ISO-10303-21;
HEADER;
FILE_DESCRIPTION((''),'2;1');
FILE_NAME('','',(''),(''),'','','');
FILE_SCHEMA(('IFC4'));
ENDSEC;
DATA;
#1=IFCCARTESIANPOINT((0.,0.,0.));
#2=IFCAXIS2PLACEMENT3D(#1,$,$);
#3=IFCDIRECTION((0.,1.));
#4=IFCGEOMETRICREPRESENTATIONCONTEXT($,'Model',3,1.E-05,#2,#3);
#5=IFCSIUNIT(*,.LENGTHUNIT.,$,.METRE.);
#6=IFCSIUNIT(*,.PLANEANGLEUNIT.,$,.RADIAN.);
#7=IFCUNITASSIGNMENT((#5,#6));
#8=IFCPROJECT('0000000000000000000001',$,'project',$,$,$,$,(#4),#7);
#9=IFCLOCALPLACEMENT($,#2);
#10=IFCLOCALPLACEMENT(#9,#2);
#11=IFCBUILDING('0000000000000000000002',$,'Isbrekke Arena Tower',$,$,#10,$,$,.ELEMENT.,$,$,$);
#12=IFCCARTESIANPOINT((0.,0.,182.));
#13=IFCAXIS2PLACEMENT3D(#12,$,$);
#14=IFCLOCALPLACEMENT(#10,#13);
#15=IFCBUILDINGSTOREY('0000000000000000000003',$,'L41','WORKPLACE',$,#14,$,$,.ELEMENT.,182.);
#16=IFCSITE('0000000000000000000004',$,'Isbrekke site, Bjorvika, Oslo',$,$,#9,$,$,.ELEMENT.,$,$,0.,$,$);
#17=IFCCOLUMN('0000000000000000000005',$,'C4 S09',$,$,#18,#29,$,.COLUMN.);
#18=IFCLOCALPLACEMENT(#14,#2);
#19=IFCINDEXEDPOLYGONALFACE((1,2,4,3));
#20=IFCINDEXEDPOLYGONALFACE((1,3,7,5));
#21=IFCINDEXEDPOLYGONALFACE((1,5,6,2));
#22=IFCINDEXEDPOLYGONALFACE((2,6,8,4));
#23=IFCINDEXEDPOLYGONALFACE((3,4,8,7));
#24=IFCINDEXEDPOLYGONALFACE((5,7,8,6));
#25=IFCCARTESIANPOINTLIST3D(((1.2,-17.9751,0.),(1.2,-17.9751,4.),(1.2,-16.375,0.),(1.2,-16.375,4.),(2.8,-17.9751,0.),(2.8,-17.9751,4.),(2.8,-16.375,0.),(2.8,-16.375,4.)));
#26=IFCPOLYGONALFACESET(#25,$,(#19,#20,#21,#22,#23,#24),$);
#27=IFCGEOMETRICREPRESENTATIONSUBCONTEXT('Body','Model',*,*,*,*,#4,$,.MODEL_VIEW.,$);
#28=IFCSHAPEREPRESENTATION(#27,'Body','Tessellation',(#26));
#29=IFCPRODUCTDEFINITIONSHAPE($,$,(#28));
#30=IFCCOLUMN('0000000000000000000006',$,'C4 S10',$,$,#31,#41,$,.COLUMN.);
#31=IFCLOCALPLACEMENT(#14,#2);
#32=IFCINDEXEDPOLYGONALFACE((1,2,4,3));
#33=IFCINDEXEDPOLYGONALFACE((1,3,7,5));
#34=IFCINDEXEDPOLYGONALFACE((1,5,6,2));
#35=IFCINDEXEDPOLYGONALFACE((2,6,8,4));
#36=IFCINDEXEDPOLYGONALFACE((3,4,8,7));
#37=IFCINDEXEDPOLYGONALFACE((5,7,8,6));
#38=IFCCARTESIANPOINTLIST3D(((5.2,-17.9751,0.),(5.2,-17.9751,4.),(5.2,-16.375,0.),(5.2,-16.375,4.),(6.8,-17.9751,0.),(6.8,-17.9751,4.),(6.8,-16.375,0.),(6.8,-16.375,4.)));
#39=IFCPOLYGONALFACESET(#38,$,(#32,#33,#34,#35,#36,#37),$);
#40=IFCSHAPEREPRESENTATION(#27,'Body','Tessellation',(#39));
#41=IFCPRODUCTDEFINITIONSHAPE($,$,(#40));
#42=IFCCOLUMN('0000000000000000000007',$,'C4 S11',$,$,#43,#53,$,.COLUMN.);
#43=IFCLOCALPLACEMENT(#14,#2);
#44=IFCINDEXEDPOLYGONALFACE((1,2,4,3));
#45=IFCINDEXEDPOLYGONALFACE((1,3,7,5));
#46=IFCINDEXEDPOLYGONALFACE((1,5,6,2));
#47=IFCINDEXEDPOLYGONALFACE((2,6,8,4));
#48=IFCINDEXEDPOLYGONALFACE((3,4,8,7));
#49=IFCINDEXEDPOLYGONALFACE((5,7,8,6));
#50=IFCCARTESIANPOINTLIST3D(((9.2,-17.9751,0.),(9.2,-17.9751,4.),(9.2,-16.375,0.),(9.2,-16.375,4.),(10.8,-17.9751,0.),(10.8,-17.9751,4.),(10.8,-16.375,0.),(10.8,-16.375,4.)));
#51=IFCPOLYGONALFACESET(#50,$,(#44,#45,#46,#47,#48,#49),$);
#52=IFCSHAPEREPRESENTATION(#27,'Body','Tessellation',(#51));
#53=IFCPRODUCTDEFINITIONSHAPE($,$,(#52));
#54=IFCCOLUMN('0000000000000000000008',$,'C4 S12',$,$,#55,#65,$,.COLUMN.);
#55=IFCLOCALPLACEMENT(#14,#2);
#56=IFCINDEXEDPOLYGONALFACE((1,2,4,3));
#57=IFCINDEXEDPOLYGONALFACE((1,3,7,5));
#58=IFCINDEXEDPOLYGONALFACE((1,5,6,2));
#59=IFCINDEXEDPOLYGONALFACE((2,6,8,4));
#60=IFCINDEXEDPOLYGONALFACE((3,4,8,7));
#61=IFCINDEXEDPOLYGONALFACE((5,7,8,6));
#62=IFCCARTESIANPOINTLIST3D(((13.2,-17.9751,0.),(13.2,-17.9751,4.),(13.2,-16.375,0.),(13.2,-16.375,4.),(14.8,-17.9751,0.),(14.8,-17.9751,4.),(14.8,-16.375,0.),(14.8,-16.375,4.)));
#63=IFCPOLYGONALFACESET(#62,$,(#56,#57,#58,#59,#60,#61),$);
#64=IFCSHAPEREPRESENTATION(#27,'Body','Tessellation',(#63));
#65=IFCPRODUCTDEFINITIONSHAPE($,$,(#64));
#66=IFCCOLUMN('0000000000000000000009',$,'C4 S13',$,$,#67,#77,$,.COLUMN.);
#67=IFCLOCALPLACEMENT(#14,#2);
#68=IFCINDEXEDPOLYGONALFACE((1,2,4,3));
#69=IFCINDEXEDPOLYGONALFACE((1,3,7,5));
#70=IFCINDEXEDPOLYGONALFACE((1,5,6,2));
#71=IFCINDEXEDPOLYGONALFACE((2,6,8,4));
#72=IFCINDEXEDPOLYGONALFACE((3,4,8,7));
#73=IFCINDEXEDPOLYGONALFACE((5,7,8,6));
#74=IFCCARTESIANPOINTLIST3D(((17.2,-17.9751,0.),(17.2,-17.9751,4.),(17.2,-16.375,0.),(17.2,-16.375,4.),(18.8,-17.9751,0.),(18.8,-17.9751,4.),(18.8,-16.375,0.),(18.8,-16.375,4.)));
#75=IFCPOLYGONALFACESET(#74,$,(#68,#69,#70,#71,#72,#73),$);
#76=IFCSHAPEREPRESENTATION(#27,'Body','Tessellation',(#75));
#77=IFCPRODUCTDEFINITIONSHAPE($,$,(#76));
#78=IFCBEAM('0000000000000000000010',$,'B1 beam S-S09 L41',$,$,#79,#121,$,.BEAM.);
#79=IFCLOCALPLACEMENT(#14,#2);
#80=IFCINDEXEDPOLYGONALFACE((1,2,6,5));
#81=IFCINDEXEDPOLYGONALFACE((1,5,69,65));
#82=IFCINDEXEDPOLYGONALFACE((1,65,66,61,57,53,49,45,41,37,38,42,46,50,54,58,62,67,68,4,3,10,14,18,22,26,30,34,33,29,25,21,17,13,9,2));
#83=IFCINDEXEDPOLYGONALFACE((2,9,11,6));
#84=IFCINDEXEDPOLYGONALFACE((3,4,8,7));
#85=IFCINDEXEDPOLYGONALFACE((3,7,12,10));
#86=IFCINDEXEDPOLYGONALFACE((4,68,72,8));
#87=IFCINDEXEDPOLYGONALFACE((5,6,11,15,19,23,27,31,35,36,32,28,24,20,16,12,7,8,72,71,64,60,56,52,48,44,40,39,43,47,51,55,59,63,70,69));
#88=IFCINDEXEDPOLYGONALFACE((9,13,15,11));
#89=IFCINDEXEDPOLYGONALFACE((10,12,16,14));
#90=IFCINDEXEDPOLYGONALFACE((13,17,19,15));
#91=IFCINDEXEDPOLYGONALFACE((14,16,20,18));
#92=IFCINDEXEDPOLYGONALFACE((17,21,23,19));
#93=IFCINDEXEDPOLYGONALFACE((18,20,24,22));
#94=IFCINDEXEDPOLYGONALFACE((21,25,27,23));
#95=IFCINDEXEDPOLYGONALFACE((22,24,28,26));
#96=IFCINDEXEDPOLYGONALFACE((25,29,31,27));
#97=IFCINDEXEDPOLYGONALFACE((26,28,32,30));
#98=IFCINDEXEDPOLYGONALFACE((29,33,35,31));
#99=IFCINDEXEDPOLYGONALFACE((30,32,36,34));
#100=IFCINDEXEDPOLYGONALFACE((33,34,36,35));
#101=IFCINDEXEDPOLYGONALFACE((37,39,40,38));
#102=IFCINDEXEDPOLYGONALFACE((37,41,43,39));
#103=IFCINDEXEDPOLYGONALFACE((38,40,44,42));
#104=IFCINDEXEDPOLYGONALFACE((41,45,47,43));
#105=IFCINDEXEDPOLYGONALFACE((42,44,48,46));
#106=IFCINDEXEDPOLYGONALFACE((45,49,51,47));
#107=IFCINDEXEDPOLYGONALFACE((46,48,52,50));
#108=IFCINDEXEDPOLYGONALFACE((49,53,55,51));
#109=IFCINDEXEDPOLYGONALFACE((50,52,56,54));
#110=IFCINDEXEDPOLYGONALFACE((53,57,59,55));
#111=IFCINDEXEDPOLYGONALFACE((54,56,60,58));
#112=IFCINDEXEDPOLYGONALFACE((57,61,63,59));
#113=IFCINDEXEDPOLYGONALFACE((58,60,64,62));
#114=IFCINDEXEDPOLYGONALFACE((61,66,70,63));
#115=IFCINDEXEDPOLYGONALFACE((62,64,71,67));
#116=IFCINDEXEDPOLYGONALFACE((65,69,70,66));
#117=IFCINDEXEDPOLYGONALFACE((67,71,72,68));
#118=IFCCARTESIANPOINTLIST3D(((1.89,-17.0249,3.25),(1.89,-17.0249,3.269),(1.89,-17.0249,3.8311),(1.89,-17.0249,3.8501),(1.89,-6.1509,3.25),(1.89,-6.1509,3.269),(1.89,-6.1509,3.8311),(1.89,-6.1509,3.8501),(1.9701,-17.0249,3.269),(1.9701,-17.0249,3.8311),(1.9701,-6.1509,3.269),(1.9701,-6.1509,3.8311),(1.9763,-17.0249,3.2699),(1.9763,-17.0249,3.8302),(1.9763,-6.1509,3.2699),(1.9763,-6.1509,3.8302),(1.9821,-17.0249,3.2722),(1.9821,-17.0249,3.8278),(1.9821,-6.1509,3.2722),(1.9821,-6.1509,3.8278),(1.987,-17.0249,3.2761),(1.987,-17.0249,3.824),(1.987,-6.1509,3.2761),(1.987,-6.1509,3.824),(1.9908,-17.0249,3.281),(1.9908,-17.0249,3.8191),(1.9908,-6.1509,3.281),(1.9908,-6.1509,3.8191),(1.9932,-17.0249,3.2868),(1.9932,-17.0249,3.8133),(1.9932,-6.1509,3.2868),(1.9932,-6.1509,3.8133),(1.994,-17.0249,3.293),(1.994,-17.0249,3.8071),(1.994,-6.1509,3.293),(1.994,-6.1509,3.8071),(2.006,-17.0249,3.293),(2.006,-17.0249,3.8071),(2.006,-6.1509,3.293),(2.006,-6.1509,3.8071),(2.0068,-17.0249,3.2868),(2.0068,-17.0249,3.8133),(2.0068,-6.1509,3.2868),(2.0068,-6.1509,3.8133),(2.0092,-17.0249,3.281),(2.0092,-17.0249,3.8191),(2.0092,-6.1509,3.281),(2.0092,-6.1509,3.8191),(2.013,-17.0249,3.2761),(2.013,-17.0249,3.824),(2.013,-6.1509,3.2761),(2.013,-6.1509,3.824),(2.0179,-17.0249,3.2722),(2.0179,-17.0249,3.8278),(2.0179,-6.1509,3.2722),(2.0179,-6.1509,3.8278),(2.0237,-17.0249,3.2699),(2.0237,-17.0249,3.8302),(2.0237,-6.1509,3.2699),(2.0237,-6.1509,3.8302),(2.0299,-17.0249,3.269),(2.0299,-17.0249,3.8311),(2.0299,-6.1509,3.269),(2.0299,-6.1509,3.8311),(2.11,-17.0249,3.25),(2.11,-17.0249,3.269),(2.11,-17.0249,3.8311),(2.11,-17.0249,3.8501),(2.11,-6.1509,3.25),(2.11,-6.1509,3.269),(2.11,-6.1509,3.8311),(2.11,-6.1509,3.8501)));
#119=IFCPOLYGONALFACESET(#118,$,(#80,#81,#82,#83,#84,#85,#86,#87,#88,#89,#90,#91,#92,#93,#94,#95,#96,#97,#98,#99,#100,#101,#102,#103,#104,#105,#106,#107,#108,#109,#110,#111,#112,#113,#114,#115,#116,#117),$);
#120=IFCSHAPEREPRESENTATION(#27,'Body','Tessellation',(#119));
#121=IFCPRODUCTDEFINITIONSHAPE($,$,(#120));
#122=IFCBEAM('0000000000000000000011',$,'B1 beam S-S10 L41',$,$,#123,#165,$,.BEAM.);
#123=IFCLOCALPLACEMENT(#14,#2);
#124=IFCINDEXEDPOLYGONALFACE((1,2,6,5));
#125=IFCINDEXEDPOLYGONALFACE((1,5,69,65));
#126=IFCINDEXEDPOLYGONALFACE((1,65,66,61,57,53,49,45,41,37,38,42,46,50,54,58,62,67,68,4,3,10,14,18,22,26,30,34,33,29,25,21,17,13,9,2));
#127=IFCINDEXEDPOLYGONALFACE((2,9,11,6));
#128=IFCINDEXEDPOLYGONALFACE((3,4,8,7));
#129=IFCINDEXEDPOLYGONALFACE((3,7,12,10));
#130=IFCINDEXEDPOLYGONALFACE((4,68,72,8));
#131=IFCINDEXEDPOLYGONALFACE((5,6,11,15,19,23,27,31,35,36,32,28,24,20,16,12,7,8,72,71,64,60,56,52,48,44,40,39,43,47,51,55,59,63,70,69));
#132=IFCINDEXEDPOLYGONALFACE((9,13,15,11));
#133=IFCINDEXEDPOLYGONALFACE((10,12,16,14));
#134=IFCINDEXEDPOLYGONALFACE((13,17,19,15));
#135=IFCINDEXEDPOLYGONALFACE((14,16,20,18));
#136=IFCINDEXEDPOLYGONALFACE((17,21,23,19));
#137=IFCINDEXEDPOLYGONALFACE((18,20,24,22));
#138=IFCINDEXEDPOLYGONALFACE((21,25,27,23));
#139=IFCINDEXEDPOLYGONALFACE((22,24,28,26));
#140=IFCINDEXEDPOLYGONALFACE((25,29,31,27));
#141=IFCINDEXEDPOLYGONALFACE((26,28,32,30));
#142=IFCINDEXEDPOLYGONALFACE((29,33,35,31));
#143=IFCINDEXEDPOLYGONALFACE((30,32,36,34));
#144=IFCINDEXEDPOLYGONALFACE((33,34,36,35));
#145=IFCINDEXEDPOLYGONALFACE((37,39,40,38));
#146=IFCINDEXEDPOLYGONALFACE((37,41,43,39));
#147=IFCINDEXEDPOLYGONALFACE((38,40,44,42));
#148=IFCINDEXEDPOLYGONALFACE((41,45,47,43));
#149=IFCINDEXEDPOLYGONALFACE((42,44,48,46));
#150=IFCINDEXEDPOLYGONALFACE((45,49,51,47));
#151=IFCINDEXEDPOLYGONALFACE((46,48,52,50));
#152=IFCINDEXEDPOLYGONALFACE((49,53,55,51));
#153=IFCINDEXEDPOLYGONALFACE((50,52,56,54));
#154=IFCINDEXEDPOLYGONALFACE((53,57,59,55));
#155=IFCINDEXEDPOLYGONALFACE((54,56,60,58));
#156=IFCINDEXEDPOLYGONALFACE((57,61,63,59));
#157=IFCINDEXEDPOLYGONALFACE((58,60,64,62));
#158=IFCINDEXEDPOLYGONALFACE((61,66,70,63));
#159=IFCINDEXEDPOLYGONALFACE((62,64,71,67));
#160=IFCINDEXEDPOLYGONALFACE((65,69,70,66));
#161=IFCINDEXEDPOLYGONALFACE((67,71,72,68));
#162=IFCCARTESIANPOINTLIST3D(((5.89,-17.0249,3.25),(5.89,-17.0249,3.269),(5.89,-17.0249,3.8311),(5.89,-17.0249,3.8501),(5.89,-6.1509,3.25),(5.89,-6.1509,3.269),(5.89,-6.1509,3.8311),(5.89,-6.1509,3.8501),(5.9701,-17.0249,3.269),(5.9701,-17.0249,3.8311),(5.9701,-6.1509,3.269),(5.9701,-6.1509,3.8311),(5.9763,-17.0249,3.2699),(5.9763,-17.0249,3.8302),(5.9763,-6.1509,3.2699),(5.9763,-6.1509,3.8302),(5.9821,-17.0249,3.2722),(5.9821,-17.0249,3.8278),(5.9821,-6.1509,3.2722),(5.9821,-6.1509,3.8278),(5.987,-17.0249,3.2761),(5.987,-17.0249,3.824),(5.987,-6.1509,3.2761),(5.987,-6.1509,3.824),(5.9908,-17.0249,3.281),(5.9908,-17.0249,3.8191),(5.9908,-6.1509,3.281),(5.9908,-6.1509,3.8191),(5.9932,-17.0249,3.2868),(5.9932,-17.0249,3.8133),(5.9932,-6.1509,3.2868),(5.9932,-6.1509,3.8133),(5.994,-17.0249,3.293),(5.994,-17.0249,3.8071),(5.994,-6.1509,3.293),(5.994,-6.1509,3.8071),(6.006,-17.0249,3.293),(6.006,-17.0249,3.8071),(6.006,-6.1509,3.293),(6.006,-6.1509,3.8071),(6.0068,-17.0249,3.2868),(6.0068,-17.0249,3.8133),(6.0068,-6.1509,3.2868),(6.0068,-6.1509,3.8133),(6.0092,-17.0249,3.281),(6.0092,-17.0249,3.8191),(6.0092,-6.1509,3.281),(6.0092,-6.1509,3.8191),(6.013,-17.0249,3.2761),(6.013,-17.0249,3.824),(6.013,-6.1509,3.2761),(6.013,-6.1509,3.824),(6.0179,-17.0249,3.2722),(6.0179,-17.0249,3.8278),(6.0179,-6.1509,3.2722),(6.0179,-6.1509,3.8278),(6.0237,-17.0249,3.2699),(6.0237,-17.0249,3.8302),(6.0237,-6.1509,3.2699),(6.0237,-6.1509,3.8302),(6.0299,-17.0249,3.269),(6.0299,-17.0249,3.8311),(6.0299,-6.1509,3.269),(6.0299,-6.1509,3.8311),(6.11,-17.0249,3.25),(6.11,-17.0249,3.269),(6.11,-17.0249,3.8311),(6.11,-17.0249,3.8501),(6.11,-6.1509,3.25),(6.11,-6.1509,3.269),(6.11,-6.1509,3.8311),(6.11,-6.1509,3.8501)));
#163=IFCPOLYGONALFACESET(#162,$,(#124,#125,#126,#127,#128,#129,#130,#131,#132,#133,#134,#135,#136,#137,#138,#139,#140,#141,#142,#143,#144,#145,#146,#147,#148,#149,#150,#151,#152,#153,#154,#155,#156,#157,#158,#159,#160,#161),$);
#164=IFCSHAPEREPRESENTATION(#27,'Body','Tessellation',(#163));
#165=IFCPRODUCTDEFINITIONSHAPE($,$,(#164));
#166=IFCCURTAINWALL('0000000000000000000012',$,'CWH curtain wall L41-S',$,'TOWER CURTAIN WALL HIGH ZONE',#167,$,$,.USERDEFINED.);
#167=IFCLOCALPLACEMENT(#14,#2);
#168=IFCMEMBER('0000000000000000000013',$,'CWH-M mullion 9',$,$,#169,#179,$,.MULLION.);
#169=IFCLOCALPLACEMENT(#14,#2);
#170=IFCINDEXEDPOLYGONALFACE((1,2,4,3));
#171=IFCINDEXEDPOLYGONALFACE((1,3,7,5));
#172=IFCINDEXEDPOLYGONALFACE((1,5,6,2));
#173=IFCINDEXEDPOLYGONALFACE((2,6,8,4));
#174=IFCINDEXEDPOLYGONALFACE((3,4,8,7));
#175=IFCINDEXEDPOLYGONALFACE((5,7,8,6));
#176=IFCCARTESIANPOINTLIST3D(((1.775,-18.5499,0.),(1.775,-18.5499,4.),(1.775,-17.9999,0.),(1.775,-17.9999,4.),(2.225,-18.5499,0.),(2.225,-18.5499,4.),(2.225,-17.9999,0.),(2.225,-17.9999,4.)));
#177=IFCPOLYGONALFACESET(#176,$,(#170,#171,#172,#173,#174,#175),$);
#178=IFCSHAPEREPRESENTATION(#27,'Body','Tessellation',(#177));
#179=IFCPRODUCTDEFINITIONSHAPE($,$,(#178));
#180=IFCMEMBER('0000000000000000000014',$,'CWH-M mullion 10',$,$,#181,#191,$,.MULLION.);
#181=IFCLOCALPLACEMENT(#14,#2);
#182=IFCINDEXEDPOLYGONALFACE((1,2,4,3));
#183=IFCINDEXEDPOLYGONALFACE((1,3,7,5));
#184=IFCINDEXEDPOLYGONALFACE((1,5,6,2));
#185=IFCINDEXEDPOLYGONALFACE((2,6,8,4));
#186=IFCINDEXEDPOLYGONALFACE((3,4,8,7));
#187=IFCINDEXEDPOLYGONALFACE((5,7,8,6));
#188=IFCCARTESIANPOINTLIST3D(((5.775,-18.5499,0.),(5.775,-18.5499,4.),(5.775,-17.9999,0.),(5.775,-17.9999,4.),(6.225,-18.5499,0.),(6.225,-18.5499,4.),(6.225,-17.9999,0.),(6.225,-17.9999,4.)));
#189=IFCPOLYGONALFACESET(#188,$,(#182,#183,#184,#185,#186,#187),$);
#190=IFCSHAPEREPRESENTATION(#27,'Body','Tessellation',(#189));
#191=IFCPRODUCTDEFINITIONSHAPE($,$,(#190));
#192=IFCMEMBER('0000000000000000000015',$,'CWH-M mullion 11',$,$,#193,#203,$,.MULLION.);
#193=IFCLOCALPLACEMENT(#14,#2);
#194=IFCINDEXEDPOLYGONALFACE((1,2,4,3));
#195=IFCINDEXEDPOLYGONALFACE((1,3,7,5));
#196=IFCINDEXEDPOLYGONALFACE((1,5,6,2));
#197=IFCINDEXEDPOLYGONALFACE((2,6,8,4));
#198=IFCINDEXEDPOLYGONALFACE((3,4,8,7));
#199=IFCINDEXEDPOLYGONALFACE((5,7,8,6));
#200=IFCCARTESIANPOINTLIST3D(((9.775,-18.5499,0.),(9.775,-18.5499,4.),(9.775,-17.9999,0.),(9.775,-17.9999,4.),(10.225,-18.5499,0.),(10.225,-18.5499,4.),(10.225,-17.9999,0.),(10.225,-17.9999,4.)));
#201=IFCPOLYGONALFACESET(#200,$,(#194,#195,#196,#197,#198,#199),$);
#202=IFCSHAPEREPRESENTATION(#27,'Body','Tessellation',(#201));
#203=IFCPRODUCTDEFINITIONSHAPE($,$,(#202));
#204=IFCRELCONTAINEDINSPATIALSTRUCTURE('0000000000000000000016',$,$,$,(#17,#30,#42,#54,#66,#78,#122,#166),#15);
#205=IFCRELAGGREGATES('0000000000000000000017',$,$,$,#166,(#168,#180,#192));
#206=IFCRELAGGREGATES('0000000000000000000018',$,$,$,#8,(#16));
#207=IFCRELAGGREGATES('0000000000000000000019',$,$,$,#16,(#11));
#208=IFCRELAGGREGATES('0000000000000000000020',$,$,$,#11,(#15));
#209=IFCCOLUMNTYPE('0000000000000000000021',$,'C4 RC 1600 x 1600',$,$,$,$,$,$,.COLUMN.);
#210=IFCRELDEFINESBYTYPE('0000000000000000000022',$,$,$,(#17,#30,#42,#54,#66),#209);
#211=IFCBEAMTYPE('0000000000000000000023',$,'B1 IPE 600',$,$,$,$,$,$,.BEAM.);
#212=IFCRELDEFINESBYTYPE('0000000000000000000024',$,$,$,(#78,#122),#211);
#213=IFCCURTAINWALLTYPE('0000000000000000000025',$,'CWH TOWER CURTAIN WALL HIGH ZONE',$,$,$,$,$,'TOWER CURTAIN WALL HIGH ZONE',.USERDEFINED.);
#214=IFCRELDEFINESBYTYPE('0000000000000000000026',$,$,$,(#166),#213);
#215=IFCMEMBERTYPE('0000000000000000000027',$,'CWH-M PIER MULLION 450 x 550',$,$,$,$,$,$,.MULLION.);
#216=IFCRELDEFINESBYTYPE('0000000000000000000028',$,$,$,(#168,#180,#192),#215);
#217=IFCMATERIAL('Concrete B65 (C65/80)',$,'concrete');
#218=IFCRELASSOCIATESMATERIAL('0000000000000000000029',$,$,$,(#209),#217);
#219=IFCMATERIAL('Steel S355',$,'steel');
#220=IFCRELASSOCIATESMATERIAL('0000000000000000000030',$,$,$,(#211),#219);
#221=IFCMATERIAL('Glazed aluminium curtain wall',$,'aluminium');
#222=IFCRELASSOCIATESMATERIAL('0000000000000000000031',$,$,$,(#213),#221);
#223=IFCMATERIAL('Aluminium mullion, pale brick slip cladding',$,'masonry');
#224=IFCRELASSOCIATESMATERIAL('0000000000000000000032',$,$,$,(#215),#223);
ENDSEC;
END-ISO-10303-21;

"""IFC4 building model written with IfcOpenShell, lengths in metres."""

from ifc_helpers import new_model, si_unit, direction, frame, origin, origin_2d, place, context, subcontext, project, spatial, rectangle, i_section, extrude, material, material_profile, profile_set, type_object, element, aggregate, save


model = new_model("IFC4")

# Units and contexts
model_context = context("Model", 3, precision=1e-05, world=origin(), true_north=direction((0.0, 1.0)))
body_context = subcontext(model_context, "Body", "Model", "MODEL_VIEW")
ifc_project = project(units=[si_unit("LENGTHUNIT", "METRE"), si_unit("PLANEANGLEUNIT", "RADIAN")], contexts=[model_context])

# Site, building, storey
site_placement = place(None, origin())
site = spatial("IfcSite", under=ifc_project, at=site_placement, Name="Isbrekke site, Bjorvika, Oslo", CompositionType="ELEMENT", RefElevation=0.0)
building_placement = place(site_placement, origin())
building = spatial("IfcBuilding", under=site, at=building_placement, Name="Isbrekke Arena Tower", CompositionType="ELEMENT")
storey_placement = place(building_placement, frame((0.0, 0.0, 182.0)))
storey = spatial("IfcBuildingStorey", under=building, at=storey_placement, Name="L41", Description="WORKPLACE", CompositionType="ELEMENT", Elevation=182.0)

# Columns
ifc_material_1 = material(Name="Concrete B65 (C65/80)", Category="concrete")
ifc_material_profile_1 = material_profile(ifc_material_1, rectangle(XDim=1.6001, YDim=1.6001, at=origin_2d()), Name="RC 1600x1600")
ifc_profile_set_1 = profile_set([ifc_material_profile_1], Name="Concrete B65 (C65/80)")
column_type = type_object("IfcColumnType", Name="C4 RC 1600 x 1600", PredefinedType="COLUMN", material=ifc_profile_set_1)
for number, where, z_axis, x_axis, name in (
    (1, (2.0, -17.175, 0.0), (0.0, 0.0, 1.0), (1.0, 0.0, 0.0), "C4 S09"),
    (2, (6.0, -17.175, 0.0), (0.0, 0.0, 1.0), (1.0, 0.0, 0.0), "C4 S10"),
    (3, (10.0, -17.175, 0.0), (0.0, 0.0, 1.0), (1.0, 0.0, 0.0), "C4 S11"),
    (4, (14.0, -17.175, 0.0), (0.0, 0.0, 1.0), (1.0, 0.0, 0.0), "C4 S12"),
    (5, (18.0, -17.175, 0.0), (0.0, 0.0, 1.0), (1.0, 0.0, 0.0), "C4 S13"),
):
    element("IfcColumn", number, at=place(storey_placement, frame(where, z_axis=z_axis, x_axis=x_axis)), inside=storey, type_object=column_type, Name=name, PredefinedType="COLUMN", context=body_context, shape_type="SweptSolid", body=[
        extrude(rectangle(XDim=1.6001, YDim=1.6001, at=origin_2d()), origin(), (0.0, 0.0, 1.0), 4.0),
    ])

# Beams
ifc_material_2 = material(Name="Steel S355", Category="steel")
ifc_material_profile_2 = material_profile(ifc_material_2, i_section(OverallWidth=0.22, OverallDepth=0.6001, WebThickness=0.012, FlangeThickness=0.019, FilletRadius=0.0239, at=origin_2d()), Name="IPE 600")
ifc_profile_set_2 = profile_set([ifc_material_profile_2], Name="Steel S355")
beam_type_1 = type_object("IfcBeamType", Name="B1 IPE 600", PredefinedType="BEAM", material=ifc_profile_set_2)
for number, where, z_axis, x_axis, name in (
    (6, (2.0, -17.0249, 3.55), (0.0, 1.0, 0.0), (-1.0, 0.0, 0.0), "B1 beam S-S09 L41"),
    (7, (6.0, -17.0249, 3.55), (0.0, 1.0, 0.0), (-1.0, 0.0, 0.0), "B1 beam S-S10 L41"),
):
    element("IfcBeam", number, at=place(storey_placement, frame(where, z_axis=z_axis, x_axis=x_axis)), inside=storey, type_object=beam_type_1, Name=name, PredefinedType="BEAM", context=body_context, shape_type="SweptSolid", body=[
        extrude(i_section(OverallWidth=0.22, OverallDepth=0.6001, WebThickness=0.012, FlangeThickness=0.019, FilletRadius=0.0239, at=origin_2d()), origin(), (0.0, 0.0, 1.0), 10.874),
    ])

# Curtain wall, members
ifc_material_3 = material(Name="Glazed aluminium curtain wall", Category="aluminium")
curtain_wall_type = type_object("IfcCurtainWallType", Name="CWH TOWER CURTAIN WALL HIGH ZONE", ElementType="TOWER CURTAIN WALL HIGH ZONE", PredefinedType="USERDEFINED", material=ifc_material_3)
curtain_wall_placement = place(storey_placement, origin())
curtain_wall = element("IfcCurtainWall", 8, at=curtain_wall_placement, inside=storey, type_object=curtain_wall_type, Name="CWH curtain wall L41-S", ObjectType="TOWER CURTAIN WALL HIGH ZONE", PredefinedType="USERDEFINED")
ifc_material_4 = material(Name="Aluminium mullion, pale brick slip cladding", Category="masonry")
ifc_material_profile_3 = material_profile(ifc_material_4, rectangle(XDim=0.45, YDim=0.55, at=origin_2d()), Name="PIER 450X550")
ifc_profile_set_3 = profile_set([ifc_material_profile_3], Name="Aluminium mullion, pale brick slip cladding")
member_type_1 = type_object("IfcMemberType", Name="CWH-M PIER MULLION 450 x 550", PredefinedType="MULLION", material=ifc_profile_set_3)
member_1_placement = place(storey_placement, frame((2.0, -18.2749, 0.0), z_axis=(0.0, 0.0, 1.0), x_axis=(1.0, 0.0, 0.0)))
member_1 = element("IfcMember", 9, at=member_1_placement, type_object=member_type_1, Name="CWH-M mullion 9", PredefinedType="MULLION", context=body_context, shape_type="SweptSolid", body=[
    extrude(rectangle(XDim=0.45, YDim=0.55, at=origin_2d()), origin(), (0.0, 0.0, 1.0), 4.0),
])
member_2_placement = place(storey_placement, frame((6.0, -18.2749, 0.0), z_axis=(0.0, 0.0, 1.0), x_axis=(1.0, 0.0, 0.0)))
member_2 = element("IfcMember", 10, at=member_2_placement, type_object=member_type_1, Name="CWH-M mullion 10", PredefinedType="MULLION", context=body_context, shape_type="SweptSolid", body=[
    extrude(rectangle(XDim=0.45, YDim=0.55, at=origin_2d()), origin(), (0.0, 0.0, 1.0), 4.0),
])
member_3_placement = place(storey_placement, frame((10.0, -18.2749, 0.0), z_axis=(0.0, 0.0, 1.0), x_axis=(1.0, 0.0, 0.0)))
member_3 = element("IfcMember", 11, at=member_3_placement, type_object=member_type_1, Name="CWH-M mullion 11", PredefinedType="MULLION", context=body_context, shape_type="SweptSolid", body=[
    extrude(rectangle(XDim=0.45, YDim=0.55, at=origin_2d()), origin(), (0.0, 0.0, 1.0), 4.0),
])

aggregate(curtain_wall, [member_1, member_2, member_3])

save(model, "model.ifc")
